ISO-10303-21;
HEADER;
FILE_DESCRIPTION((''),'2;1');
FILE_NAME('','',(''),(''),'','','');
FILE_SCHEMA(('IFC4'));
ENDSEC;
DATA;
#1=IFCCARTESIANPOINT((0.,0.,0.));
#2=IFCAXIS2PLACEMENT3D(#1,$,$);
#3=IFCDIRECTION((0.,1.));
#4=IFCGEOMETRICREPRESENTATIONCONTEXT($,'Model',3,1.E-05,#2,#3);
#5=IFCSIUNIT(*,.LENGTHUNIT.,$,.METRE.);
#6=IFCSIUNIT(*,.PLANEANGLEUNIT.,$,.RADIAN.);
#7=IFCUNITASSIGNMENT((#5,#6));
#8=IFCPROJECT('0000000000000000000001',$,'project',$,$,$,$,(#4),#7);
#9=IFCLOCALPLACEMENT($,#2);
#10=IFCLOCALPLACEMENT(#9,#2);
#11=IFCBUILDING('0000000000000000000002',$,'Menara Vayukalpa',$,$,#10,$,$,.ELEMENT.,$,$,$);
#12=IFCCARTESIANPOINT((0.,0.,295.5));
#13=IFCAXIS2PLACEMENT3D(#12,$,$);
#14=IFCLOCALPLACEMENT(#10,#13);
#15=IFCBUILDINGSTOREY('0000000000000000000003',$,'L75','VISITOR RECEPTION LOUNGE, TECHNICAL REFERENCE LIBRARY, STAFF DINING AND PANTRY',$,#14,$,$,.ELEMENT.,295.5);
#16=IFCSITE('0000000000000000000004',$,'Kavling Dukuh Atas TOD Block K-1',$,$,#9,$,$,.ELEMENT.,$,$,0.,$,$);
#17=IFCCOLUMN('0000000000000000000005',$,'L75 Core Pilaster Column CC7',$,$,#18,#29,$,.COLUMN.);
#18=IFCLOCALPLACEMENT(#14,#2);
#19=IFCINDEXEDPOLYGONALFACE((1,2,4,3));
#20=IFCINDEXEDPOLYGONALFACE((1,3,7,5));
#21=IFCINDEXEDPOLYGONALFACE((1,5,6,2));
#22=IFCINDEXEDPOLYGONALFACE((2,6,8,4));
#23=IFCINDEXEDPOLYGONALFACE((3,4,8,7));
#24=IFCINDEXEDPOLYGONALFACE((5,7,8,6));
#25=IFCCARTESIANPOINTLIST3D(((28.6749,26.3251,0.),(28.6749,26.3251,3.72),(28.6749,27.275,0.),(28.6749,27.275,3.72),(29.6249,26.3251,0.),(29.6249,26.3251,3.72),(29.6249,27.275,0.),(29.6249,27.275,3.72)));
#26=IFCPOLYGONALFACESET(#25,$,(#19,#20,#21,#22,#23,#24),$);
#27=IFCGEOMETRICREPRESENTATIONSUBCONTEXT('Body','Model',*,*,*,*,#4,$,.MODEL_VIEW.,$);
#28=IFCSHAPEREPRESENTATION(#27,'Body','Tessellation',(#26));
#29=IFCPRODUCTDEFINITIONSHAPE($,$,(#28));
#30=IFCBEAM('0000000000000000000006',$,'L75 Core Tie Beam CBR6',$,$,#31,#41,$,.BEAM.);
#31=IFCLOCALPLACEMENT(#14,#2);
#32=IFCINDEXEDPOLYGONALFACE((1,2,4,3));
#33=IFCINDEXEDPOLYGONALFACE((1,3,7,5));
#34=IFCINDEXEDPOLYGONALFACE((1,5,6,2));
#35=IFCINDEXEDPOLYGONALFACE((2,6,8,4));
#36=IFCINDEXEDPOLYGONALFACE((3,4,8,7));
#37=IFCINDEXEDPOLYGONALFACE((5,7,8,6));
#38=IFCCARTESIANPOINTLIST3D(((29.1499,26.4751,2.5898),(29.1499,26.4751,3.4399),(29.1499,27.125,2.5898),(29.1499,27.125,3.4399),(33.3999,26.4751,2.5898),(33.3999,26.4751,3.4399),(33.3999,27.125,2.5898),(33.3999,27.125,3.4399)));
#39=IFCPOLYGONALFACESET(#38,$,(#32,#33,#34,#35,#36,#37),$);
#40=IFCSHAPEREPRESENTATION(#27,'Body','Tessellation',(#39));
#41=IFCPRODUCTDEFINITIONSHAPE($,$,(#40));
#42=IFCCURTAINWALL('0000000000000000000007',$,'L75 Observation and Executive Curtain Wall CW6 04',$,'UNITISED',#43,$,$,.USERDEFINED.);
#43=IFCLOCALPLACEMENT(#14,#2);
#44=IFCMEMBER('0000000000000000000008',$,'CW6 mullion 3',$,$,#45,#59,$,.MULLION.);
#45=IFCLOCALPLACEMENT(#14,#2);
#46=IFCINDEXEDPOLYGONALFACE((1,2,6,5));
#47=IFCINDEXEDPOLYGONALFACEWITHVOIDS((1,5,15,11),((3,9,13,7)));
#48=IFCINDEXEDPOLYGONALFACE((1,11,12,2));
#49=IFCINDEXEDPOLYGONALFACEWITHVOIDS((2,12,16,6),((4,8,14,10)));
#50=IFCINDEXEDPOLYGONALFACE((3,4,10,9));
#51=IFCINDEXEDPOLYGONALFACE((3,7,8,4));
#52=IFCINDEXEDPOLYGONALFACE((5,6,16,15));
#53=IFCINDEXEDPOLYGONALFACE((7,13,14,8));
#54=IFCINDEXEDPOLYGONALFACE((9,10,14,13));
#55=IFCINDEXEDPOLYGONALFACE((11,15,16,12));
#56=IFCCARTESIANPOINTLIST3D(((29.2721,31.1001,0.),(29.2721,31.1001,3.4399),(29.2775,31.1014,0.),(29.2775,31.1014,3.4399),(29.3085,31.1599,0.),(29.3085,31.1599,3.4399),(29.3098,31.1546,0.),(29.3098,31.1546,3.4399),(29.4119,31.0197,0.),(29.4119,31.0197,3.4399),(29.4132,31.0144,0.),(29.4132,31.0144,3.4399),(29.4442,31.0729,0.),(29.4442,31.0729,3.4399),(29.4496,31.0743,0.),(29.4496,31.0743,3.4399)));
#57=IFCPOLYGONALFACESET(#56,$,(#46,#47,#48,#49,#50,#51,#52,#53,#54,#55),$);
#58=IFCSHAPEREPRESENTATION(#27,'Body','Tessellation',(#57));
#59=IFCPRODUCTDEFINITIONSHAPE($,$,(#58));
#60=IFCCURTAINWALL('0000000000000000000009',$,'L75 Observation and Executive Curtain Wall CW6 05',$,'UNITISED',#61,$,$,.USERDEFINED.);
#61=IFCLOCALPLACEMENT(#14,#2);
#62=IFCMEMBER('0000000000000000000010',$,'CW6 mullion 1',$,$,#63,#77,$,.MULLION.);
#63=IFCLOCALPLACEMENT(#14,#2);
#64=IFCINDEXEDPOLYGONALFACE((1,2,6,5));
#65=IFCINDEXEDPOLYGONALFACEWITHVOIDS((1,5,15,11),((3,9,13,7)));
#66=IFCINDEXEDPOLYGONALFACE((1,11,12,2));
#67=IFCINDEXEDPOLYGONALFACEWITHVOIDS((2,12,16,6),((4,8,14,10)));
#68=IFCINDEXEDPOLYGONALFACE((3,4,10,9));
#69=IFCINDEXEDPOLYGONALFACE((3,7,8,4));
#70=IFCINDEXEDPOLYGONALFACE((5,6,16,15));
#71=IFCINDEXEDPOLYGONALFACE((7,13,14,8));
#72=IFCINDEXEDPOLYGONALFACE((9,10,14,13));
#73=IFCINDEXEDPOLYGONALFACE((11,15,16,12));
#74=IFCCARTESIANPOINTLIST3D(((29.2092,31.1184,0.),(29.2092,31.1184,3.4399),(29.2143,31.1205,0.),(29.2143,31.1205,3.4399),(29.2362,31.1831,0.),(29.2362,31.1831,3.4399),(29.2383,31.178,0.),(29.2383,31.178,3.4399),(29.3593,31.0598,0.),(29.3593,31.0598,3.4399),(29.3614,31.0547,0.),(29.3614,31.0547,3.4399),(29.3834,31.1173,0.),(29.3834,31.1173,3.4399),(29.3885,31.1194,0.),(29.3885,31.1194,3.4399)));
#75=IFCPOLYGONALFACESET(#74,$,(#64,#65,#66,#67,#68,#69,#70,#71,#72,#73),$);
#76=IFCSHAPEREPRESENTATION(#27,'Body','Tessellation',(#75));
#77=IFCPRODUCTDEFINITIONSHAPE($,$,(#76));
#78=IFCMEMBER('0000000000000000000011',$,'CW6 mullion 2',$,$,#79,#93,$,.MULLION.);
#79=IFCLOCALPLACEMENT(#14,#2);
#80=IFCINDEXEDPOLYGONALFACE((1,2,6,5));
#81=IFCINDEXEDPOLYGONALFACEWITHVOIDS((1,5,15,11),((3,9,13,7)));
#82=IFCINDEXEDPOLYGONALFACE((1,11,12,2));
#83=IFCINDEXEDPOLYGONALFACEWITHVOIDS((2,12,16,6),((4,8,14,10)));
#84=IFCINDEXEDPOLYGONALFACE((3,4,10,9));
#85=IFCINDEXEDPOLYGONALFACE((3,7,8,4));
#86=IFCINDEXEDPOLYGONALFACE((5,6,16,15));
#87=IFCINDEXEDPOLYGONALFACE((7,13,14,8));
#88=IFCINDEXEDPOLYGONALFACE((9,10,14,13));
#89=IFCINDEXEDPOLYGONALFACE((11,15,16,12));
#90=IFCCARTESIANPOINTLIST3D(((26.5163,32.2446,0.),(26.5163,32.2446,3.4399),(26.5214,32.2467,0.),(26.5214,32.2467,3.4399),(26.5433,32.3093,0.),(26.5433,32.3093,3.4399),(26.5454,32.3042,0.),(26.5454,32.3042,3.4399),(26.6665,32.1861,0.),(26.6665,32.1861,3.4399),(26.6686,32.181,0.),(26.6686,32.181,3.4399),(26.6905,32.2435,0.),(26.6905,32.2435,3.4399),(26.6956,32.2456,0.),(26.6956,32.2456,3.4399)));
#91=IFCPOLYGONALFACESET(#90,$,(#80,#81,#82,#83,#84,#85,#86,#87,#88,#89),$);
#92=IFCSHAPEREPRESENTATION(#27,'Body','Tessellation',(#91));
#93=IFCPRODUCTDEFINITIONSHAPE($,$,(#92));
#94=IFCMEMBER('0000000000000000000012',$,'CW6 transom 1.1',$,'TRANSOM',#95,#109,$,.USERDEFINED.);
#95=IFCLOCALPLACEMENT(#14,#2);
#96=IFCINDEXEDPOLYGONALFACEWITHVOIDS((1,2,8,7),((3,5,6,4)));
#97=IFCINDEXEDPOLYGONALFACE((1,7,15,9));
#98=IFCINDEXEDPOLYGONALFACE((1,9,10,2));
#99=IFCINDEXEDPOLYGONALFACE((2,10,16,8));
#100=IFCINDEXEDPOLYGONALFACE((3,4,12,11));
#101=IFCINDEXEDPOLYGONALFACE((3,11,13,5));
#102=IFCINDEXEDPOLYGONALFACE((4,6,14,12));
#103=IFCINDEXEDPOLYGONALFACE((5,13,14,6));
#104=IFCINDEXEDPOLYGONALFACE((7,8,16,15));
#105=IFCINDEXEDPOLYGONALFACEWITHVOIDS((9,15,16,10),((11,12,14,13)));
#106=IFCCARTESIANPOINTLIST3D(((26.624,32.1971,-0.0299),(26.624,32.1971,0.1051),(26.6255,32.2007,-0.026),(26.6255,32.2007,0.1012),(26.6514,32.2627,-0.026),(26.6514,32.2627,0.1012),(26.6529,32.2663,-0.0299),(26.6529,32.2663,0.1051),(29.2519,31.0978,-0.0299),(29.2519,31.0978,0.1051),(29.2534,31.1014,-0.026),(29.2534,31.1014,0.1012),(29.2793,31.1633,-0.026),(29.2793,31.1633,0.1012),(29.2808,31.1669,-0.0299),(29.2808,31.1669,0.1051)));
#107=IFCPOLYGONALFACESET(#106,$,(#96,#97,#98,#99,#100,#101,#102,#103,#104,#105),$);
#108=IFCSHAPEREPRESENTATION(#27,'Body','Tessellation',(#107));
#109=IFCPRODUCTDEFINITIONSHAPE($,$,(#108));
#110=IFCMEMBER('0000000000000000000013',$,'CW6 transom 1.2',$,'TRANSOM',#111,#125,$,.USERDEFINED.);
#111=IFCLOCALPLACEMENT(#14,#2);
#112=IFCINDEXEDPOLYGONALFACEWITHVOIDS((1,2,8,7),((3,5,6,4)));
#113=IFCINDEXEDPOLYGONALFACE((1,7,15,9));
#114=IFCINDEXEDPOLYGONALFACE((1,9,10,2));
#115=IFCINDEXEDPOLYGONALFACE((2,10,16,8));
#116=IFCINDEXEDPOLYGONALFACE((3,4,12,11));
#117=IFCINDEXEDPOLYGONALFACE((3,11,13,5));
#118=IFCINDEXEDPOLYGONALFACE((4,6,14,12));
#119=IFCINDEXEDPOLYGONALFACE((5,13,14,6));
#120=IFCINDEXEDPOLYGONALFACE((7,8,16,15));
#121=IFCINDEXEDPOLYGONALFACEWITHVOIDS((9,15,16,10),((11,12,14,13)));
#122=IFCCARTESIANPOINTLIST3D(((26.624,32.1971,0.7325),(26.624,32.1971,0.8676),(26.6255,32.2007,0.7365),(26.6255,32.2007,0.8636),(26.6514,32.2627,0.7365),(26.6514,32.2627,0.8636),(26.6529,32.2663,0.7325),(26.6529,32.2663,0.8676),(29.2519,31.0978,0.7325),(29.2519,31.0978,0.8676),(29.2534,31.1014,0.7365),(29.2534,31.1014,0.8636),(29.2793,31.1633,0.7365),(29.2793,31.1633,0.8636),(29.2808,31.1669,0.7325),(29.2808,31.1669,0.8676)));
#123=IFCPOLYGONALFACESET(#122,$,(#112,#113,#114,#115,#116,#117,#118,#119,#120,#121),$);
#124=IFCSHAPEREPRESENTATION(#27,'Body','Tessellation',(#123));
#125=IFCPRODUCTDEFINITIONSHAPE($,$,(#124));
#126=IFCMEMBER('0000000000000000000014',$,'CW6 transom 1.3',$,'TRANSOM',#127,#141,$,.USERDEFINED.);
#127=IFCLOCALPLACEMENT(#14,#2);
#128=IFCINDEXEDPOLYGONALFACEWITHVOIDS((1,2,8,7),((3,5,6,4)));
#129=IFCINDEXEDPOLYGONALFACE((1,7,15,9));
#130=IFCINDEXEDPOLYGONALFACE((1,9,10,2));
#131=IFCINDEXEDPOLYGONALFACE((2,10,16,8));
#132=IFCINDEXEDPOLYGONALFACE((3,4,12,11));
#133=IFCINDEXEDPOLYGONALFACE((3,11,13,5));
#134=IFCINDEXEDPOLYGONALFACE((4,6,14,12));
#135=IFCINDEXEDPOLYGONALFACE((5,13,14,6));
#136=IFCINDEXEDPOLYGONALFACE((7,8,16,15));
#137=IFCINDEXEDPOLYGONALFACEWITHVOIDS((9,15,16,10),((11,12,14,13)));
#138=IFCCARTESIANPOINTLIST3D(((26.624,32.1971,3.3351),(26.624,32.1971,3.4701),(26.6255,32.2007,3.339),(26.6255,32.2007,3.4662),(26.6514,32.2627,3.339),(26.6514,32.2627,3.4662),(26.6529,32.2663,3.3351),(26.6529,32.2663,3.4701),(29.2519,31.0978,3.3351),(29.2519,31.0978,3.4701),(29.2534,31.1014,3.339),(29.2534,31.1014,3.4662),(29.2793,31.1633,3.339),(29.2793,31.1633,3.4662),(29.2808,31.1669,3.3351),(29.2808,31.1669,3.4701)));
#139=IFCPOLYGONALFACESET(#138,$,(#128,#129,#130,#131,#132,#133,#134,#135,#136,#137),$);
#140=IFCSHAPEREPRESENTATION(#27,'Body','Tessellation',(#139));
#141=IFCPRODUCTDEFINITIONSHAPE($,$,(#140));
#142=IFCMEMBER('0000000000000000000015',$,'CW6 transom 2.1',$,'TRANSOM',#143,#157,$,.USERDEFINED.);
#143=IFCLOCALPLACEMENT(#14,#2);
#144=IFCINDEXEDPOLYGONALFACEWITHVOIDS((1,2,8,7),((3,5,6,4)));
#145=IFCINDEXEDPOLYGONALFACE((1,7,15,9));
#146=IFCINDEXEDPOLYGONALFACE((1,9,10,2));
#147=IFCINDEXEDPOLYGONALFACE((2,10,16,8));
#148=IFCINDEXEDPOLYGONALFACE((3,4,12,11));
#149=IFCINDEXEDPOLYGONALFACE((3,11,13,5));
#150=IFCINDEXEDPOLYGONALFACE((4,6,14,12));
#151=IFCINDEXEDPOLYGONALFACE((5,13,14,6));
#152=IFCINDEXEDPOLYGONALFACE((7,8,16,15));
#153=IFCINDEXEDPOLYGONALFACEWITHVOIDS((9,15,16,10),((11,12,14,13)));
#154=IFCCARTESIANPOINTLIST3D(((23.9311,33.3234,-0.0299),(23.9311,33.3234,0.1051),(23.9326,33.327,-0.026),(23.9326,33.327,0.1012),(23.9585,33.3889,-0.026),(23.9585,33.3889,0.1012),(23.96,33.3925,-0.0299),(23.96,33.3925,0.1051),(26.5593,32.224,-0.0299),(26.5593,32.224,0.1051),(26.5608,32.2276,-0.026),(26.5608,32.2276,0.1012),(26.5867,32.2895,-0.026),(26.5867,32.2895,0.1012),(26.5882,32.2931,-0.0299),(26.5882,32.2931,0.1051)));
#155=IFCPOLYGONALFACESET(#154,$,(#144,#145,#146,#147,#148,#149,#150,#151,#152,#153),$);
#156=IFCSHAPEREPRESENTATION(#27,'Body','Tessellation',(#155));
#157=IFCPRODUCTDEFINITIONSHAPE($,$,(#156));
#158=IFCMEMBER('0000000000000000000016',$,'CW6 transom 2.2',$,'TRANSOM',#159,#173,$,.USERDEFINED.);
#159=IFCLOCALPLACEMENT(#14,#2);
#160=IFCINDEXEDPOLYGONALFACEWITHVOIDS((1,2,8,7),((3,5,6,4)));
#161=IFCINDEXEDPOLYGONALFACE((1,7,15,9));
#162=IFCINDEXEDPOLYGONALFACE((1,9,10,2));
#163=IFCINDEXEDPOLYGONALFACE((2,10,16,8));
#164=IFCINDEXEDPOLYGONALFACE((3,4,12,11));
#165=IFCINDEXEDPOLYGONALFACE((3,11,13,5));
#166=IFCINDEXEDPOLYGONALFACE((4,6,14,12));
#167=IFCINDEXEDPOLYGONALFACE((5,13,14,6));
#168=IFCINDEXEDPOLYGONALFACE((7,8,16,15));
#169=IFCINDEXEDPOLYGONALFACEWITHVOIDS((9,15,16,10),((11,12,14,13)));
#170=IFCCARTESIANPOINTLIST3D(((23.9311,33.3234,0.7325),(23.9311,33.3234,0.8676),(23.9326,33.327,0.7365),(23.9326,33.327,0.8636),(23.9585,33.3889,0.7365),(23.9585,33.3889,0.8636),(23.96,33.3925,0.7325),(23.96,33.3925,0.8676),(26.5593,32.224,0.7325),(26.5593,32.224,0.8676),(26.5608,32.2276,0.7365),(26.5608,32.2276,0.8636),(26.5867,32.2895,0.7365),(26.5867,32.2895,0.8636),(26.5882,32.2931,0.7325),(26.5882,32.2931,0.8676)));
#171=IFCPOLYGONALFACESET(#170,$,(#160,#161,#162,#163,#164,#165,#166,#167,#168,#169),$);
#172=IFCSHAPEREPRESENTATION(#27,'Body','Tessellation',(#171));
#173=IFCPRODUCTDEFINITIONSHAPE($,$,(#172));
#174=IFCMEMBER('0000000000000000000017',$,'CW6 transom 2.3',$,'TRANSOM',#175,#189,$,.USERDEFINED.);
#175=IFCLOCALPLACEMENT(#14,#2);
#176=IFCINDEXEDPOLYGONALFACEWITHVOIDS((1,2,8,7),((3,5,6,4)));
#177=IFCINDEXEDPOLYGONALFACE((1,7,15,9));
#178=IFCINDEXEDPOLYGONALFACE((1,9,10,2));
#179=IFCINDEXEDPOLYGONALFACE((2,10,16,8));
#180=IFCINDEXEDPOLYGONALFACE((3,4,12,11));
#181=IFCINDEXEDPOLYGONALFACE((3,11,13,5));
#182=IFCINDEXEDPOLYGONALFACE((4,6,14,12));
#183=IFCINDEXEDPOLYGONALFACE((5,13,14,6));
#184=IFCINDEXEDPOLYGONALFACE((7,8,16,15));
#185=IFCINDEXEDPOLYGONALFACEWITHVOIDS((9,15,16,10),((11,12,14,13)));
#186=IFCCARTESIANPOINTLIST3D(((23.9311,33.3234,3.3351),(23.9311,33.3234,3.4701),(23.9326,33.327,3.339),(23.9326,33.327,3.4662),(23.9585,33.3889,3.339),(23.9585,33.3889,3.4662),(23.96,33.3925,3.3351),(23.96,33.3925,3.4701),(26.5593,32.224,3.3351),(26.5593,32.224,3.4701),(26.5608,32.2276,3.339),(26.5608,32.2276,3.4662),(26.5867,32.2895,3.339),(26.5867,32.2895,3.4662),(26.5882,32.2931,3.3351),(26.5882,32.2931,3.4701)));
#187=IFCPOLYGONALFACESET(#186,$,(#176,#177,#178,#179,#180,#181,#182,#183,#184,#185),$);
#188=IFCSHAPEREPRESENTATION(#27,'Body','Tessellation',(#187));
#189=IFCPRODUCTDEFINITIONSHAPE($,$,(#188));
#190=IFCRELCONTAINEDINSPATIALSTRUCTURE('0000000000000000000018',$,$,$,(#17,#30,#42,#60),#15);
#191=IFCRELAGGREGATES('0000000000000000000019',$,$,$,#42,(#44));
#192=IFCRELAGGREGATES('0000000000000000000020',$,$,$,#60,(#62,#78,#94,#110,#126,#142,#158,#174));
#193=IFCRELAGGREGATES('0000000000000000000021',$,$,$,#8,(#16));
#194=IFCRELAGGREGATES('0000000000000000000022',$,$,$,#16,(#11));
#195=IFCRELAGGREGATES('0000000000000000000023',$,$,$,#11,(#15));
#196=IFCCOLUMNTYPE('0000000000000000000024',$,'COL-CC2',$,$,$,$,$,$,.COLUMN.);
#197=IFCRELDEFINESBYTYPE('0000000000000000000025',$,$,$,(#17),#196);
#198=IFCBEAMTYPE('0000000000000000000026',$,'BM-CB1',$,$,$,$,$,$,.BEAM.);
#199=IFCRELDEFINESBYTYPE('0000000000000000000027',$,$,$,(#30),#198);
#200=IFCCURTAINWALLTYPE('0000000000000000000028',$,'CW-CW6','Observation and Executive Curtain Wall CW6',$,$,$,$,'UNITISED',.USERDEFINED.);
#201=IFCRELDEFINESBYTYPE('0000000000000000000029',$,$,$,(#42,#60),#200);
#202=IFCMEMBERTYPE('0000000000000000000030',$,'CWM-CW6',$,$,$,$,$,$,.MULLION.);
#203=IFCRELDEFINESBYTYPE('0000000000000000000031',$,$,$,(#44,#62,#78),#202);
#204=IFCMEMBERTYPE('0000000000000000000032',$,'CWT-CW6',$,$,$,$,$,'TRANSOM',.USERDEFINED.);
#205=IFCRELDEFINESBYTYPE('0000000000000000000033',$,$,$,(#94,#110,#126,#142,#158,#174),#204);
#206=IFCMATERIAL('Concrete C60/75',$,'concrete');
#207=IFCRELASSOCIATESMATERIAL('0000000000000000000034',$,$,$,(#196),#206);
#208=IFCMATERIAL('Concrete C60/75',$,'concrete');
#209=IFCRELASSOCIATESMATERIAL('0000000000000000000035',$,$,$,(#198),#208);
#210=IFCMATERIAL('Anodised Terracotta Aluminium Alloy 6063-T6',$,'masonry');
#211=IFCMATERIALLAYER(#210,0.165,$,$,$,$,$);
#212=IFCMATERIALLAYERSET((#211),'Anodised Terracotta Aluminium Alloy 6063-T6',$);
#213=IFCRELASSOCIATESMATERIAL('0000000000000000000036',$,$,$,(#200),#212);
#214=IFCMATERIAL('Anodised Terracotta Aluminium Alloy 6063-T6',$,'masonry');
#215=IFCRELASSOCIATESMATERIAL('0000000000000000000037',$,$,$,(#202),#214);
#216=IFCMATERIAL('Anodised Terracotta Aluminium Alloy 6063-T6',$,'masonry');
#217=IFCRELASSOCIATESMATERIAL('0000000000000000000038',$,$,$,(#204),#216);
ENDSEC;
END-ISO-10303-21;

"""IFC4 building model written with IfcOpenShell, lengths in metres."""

from ifc_helpers import new_model, si_unit, direction, frame, origin, origin_2d, place, context, subcontext, project, spatial, rectangle, hollow_rectangle, extrude, material, layer, layer_set, material_profile, profile_set, type_object, element, aggregate, save


model = new_model("IFC4")

# Units and contexts
model_context = context("Model", 3, precision=1e-05, world=origin(), true_north=direction((0.0, 1.0)))
body_context = subcontext(model_context, "Body", "Model", "MODEL_VIEW")
ifc_project = project(units=[si_unit("LENGTHUNIT", "METRE"), si_unit("PLANEANGLEUNIT", "RADIAN")], contexts=[model_context])

# Site, building, storey
site_placement = place(None, origin())
site = spatial("IfcSite", under=ifc_project, at=site_placement, Name="Kavling Dukuh Atas TOD Block K-1", CompositionType="ELEMENT", RefElevation=0.0)
building_placement = place(site_placement, origin())
building = spatial("IfcBuilding", under=site, at=building_placement, Name="Menara Vayukalpa", CompositionType="ELEMENT")
storey_placement = place(building_placement, frame((0.0, 0.0, 295.5)))
storey = spatial("IfcBuildingStorey", under=building, at=storey_placement, Name="L75", Description="VISITOR RECEPTION LOUNGE, TECHNICAL REFERENCE LIBRARY, STAFF DINING AND PANTRY", CompositionType="ELEMENT", Elevation=295.5)

# Column
ifc_material_1 = material(Name="Concrete C60/75", Category="concrete")
ifc_material_profile_1 = material_profile(ifc_material_1, rectangle(XDim=0.95, YDim=0.95, at=origin_2d()), Name="RC 950x950")
ifc_profile_set_1 = profile_set([ifc_material_profile_1], Name="Concrete C60/75")
column_type = type_object("IfcColumnType", Name="COL-CC2", PredefinedType="COLUMN", material=ifc_profile_set_1)
column_placement = place(storey_placement, frame((29.1499, 26.8, 0.0), z_axis=(0.0, 0.0, 1.0), x_axis=(1.0, 0.0, 0.0)))
element("IfcColumn", 1, at=column_placement, inside=storey, type_object=column_type, Name="L75 Core Pilaster Column CC7", PredefinedType="COLUMN", context=body_context, shape_type="SweptSolid", body=[
    extrude(rectangle(XDim=0.95, YDim=0.95, at=origin_2d()), origin(), (0.0, 0.0, 1.0), 3.72),
])

# Beam
ifc_material_2 = material(Name="Concrete C60/75", Category="concrete")
ifc_material_profile_2 = material_profile(ifc_material_2, rectangle(XDim=0.6499, YDim=0.8501, at=origin_2d()), Name="RC 650x850")
ifc_profile_set_2 = profile_set([ifc_material_profile_2], Name="Concrete C60/75")
beam_type = type_object("IfcBeamType", Name="BM-CB1", PredefinedType="BEAM", material=ifc_profile_set_2)
beam_placement = place(storey_placement, frame((29.1499, 26.8, 3.0149), z_axis=(1.0, 0.0, 0.0), x_axis=(0.0, 1.0, 0.0)))
element("IfcBeam", 2, at=beam_placement, inside=storey, type_object=beam_type, Name="L75 Core Tie Beam CBR6", PredefinedType="BEAM", context=body_context, shape_type="SweptSolid", body=[
    extrude(rectangle(XDim=0.6499, YDim=0.8501, at=origin_2d()), origin(), (0.0, 0.0, 1.0), 4.25),
])

# Curtain wall, member
ifc_material_3 = material(Name="Anodised Terracotta Aluminium Alloy 6063-T6", Category="masonry")
ifc_layer_1 = layer(ifc_material_3, 0.165)
ifc_layer_set_1 = layer_set([ifc_layer_1], Name="Anodised Terracotta Aluminium Alloy 6063-T6")
curtain_wall_type = type_object("IfcCurtainWallType", Name="CW-CW6", Description="Observation and Executive Curtain Wall CW6", ElementType="UNITISED", PredefinedType="USERDEFINED", material=ifc_layer_set_1)
curtain_wall_1_placement = place(storey_placement, origin())
curtain_wall_1 = element("IfcCurtainWall", 3, at=curtain_wall_1_placement, inside=storey, type_object=curtain_wall_type, Name="L75 Observation and Executive Curtain Wall CW6 04", ObjectType="UNITISED", PredefinedType="USERDEFINED")
ifc_material_4 = material(Name="Anodised Terracotta Aluminium Alloy 6063-T6", Category="masonry")
ifc_material_profile_3 = material_profile(ifc_material_4, hollow_rectangle(XDim=0.0701, YDim=0.165, WallThickness=0.0039, at=origin_2d()), Name="ALU 70x165x4")
ifc_profile_set_3 = profile_set([ifc_material_profile_3], Name="Anodised Terracotta Aluminium Alloy 6063-T6")
member_type_1 = type_object("IfcMemberType", Name="CWM-CW6", PredefinedType="MULLION", material=ifc_profile_set_3)
member_1_placement = place(storey_placement, frame((29.3608, 31.0872, 0.0), z_axis=(0.0, 0.0, 1.0), x_axis=(-0.519176, -0.854668, 0.0)))
member_1 = element("IfcMember", 4, at=member_1_placement, type_object=member_type_1, Name="CW6 mullion 3", PredefinedType="MULLION", context=body_context, shape_type="SweptSolid", body=[
    extrude(hollow_rectangle(XDim=0.0701, YDim=0.165, WallThickness=0.0039, at=origin_2d()), origin(), (0.0, 0.0, 1.0), 3.4399),
])
aggregate(curtain_wall_1, [member_1])

# Curtain wall, members
curtain_wall_2_placement = place(storey_placement, origin())
curtain_wall_2 = element("IfcCurtainWall", 5, at=curtain_wall_2_placement, inside=storey, type_object=curtain_wall_type, Name="L75 Observation and Executive Curtain Wall CW6 05", ObjectType="UNITISED", PredefinedType="USERDEFINED")
member_2_placement = place(storey_placement, frame((29.2988, 31.1189, 0.0), z_axis=(0.0, 0.0, 1.0), x_axis=(-0.3859, -0.922541, 0.0)))
member_2 = element("IfcMember", 6, at=member_2_placement, type_object=member_type_1, Name="CW6 mullion 1", PredefinedType="MULLION", context=body_context, shape_type="SweptSolid", body=[
    extrude(hollow_rectangle(XDim=0.0701, YDim=0.165, WallThickness=0.0039, at=origin_2d()), origin(), (0.0, 0.0, 1.0), 3.4399),
])
member_3_placement = place(storey_placement, frame((26.606, 32.2451, 0.0), z_axis=(0.0, 0.0, 1.0), x_axis=(-0.3859, -0.922541, 0.0)))
member_3 = element("IfcMember", 7, at=member_3_placement, type_object=member_type_1, Name="CW6 mullion 2", PredefinedType="MULLION", context=body_context, shape_type="SweptSolid", body=[
    extrude(hollow_rectangle(XDim=0.0701, YDim=0.165, WallThickness=0.0039, at=origin_2d()), origin(), (0.0, 0.0, 1.0), 3.4399),
])
ifc_material_5 = material(Name="Anodised Terracotta Aluminium Alloy 6063-T6", Category="masonry")
ifc_material_profile_4 = material_profile(ifc_material_5, hollow_rectangle(XDim=0.075, YDim=0.135, WallThickness=0.0039, at=origin_2d()), Name="ALU 75x135x4")
ifc_profile_set_4 = profile_set([ifc_material_profile_4], Name="Anodised Terracotta Aluminium Alloy 6063-T6")
member_type_2 = type_object("IfcMemberType", Name="CWT-CW6", ElementType="TRANSOM", PredefinedType="USERDEFINED", material=ifc_profile_set_4)
member_4_placement = place(storey_placement, frame((29.2664, 31.1323, 0.0376), z_axis=(-0.922528, 0.385929, 0.0), x_axis=(-0.385929, -0.922528, 0.0)))
member_4 = element("IfcMember", 8, at=member_4_placement, type_object=member_type_2, Name="CW6 transom 1.1", ObjectType="TRANSOM", PredefinedType="USERDEFINED", context=body_context, shape_type="SweptSolid", body=[
    extrude(hollow_rectangle(XDim=0.075, YDim=0.135, WallThickness=0.0039, at=origin_2d()), origin(), (0.0, 0.0, 1.0), 2.8486),
])
member_5_placement = place(storey_placement, frame((29.2664, 31.1323, 0.8), z_axis=(-0.922528, 0.385929, 0.0), x_axis=(-0.385929, -0.922528, 0.0)))
member_5 = element("IfcMember", 9, at=member_5_placement, type_object=member_type_2, Name="CW6 transom 1.2", ObjectType="TRANSOM", PredefinedType="USERDEFINED", context=body_context, shape_type="SweptSolid", body=[
    extrude(hollow_rectangle(XDim=0.075, YDim=0.135, WallThickness=0.0039, at=origin_2d()), origin(), (0.0, 0.0, 1.0), 2.8486),
])
member_6_placement = place(storey_placement, frame((29.2664, 31.1323, 3.4026), z_axis=(-0.922528, 0.385929, 0.0), x_axis=(-0.385929, -0.922528, 0.0)))
member_6 = element("IfcMember", 10, at=member_6_placement, type_object=member_type_2, Name="CW6 transom 1.3", ObjectType="TRANSOM", PredefinedType="USERDEFINED", context=body_context, shape_type="SweptSolid", body=[
    extrude(hollow_rectangle(XDim=0.075, YDim=0.135, WallThickness=0.0039, at=origin_2d()), origin(), (0.0, 0.0, 1.0), 2.8486),
])
member_7_placement = place(storey_placement, frame((26.5737, 32.2585, 0.0376), z_axis=(-0.922541, 0.385899, 0.0), x_axis=(-0.385899, -0.922541, 0.0)))
member_7 = element("IfcMember", 11, at=member_7_placement, type_object=member_type_2, Name="CW6 transom 2.1", ObjectType="TRANSOM", PredefinedType="USERDEFINED", context=body_context, shape_type="SweptSolid", body=[
    extrude(hollow_rectangle(XDim=0.075, YDim=0.135, WallThickness=0.0039, at=origin_2d()), origin(), (0.0, 0.0, 1.0), 2.8489),
])
member_8_placement = place(storey_placement, frame((26.5737, 32.2585, 0.8), z_axis=(-0.922541, 0.385899, 0.0), x_axis=(-0.385899, -0.922541, 0.0)))
member_8 = element("IfcMember", 12, at=member_8_placement, type_object=member_type_2, Name="CW6 transom 2.2", ObjectType="TRANSOM", PredefinedType="USERDEFINED", context=body_context, shape_type="SweptSolid", body=[
    extrude(hollow_rectangle(XDim=0.075, YDim=0.135, WallThickness=0.0039, at=origin_2d()), origin(), (0.0, 0.0, 1.0), 2.8489),
])
member_9_placement = place(storey_placement, frame((26.5737, 32.2585, 3.4026), z_axis=(-0.922541, 0.385899, 0.0), x_axis=(-0.385899, -0.922541, 0.0)))
member_9 = element("IfcMember", 13, at=member_9_placement, type_object=member_type_2, Name="CW6 transom 2.3", ObjectType="TRANSOM", PredefinedType="USERDEFINED", context=body_context, shape_type="SweptSolid", body=[
    extrude(hollow_rectangle(XDim=0.075, YDim=0.135, WallThickness=0.0039, at=origin_2d()), origin(), (0.0, 0.0, 1.0), 2.8489),
])
aggregate(curtain_wall_2, [member_2, member_3, member_4, member_5, member_6, member_7, member_8, member_9])

save(model, "model.ifc")
